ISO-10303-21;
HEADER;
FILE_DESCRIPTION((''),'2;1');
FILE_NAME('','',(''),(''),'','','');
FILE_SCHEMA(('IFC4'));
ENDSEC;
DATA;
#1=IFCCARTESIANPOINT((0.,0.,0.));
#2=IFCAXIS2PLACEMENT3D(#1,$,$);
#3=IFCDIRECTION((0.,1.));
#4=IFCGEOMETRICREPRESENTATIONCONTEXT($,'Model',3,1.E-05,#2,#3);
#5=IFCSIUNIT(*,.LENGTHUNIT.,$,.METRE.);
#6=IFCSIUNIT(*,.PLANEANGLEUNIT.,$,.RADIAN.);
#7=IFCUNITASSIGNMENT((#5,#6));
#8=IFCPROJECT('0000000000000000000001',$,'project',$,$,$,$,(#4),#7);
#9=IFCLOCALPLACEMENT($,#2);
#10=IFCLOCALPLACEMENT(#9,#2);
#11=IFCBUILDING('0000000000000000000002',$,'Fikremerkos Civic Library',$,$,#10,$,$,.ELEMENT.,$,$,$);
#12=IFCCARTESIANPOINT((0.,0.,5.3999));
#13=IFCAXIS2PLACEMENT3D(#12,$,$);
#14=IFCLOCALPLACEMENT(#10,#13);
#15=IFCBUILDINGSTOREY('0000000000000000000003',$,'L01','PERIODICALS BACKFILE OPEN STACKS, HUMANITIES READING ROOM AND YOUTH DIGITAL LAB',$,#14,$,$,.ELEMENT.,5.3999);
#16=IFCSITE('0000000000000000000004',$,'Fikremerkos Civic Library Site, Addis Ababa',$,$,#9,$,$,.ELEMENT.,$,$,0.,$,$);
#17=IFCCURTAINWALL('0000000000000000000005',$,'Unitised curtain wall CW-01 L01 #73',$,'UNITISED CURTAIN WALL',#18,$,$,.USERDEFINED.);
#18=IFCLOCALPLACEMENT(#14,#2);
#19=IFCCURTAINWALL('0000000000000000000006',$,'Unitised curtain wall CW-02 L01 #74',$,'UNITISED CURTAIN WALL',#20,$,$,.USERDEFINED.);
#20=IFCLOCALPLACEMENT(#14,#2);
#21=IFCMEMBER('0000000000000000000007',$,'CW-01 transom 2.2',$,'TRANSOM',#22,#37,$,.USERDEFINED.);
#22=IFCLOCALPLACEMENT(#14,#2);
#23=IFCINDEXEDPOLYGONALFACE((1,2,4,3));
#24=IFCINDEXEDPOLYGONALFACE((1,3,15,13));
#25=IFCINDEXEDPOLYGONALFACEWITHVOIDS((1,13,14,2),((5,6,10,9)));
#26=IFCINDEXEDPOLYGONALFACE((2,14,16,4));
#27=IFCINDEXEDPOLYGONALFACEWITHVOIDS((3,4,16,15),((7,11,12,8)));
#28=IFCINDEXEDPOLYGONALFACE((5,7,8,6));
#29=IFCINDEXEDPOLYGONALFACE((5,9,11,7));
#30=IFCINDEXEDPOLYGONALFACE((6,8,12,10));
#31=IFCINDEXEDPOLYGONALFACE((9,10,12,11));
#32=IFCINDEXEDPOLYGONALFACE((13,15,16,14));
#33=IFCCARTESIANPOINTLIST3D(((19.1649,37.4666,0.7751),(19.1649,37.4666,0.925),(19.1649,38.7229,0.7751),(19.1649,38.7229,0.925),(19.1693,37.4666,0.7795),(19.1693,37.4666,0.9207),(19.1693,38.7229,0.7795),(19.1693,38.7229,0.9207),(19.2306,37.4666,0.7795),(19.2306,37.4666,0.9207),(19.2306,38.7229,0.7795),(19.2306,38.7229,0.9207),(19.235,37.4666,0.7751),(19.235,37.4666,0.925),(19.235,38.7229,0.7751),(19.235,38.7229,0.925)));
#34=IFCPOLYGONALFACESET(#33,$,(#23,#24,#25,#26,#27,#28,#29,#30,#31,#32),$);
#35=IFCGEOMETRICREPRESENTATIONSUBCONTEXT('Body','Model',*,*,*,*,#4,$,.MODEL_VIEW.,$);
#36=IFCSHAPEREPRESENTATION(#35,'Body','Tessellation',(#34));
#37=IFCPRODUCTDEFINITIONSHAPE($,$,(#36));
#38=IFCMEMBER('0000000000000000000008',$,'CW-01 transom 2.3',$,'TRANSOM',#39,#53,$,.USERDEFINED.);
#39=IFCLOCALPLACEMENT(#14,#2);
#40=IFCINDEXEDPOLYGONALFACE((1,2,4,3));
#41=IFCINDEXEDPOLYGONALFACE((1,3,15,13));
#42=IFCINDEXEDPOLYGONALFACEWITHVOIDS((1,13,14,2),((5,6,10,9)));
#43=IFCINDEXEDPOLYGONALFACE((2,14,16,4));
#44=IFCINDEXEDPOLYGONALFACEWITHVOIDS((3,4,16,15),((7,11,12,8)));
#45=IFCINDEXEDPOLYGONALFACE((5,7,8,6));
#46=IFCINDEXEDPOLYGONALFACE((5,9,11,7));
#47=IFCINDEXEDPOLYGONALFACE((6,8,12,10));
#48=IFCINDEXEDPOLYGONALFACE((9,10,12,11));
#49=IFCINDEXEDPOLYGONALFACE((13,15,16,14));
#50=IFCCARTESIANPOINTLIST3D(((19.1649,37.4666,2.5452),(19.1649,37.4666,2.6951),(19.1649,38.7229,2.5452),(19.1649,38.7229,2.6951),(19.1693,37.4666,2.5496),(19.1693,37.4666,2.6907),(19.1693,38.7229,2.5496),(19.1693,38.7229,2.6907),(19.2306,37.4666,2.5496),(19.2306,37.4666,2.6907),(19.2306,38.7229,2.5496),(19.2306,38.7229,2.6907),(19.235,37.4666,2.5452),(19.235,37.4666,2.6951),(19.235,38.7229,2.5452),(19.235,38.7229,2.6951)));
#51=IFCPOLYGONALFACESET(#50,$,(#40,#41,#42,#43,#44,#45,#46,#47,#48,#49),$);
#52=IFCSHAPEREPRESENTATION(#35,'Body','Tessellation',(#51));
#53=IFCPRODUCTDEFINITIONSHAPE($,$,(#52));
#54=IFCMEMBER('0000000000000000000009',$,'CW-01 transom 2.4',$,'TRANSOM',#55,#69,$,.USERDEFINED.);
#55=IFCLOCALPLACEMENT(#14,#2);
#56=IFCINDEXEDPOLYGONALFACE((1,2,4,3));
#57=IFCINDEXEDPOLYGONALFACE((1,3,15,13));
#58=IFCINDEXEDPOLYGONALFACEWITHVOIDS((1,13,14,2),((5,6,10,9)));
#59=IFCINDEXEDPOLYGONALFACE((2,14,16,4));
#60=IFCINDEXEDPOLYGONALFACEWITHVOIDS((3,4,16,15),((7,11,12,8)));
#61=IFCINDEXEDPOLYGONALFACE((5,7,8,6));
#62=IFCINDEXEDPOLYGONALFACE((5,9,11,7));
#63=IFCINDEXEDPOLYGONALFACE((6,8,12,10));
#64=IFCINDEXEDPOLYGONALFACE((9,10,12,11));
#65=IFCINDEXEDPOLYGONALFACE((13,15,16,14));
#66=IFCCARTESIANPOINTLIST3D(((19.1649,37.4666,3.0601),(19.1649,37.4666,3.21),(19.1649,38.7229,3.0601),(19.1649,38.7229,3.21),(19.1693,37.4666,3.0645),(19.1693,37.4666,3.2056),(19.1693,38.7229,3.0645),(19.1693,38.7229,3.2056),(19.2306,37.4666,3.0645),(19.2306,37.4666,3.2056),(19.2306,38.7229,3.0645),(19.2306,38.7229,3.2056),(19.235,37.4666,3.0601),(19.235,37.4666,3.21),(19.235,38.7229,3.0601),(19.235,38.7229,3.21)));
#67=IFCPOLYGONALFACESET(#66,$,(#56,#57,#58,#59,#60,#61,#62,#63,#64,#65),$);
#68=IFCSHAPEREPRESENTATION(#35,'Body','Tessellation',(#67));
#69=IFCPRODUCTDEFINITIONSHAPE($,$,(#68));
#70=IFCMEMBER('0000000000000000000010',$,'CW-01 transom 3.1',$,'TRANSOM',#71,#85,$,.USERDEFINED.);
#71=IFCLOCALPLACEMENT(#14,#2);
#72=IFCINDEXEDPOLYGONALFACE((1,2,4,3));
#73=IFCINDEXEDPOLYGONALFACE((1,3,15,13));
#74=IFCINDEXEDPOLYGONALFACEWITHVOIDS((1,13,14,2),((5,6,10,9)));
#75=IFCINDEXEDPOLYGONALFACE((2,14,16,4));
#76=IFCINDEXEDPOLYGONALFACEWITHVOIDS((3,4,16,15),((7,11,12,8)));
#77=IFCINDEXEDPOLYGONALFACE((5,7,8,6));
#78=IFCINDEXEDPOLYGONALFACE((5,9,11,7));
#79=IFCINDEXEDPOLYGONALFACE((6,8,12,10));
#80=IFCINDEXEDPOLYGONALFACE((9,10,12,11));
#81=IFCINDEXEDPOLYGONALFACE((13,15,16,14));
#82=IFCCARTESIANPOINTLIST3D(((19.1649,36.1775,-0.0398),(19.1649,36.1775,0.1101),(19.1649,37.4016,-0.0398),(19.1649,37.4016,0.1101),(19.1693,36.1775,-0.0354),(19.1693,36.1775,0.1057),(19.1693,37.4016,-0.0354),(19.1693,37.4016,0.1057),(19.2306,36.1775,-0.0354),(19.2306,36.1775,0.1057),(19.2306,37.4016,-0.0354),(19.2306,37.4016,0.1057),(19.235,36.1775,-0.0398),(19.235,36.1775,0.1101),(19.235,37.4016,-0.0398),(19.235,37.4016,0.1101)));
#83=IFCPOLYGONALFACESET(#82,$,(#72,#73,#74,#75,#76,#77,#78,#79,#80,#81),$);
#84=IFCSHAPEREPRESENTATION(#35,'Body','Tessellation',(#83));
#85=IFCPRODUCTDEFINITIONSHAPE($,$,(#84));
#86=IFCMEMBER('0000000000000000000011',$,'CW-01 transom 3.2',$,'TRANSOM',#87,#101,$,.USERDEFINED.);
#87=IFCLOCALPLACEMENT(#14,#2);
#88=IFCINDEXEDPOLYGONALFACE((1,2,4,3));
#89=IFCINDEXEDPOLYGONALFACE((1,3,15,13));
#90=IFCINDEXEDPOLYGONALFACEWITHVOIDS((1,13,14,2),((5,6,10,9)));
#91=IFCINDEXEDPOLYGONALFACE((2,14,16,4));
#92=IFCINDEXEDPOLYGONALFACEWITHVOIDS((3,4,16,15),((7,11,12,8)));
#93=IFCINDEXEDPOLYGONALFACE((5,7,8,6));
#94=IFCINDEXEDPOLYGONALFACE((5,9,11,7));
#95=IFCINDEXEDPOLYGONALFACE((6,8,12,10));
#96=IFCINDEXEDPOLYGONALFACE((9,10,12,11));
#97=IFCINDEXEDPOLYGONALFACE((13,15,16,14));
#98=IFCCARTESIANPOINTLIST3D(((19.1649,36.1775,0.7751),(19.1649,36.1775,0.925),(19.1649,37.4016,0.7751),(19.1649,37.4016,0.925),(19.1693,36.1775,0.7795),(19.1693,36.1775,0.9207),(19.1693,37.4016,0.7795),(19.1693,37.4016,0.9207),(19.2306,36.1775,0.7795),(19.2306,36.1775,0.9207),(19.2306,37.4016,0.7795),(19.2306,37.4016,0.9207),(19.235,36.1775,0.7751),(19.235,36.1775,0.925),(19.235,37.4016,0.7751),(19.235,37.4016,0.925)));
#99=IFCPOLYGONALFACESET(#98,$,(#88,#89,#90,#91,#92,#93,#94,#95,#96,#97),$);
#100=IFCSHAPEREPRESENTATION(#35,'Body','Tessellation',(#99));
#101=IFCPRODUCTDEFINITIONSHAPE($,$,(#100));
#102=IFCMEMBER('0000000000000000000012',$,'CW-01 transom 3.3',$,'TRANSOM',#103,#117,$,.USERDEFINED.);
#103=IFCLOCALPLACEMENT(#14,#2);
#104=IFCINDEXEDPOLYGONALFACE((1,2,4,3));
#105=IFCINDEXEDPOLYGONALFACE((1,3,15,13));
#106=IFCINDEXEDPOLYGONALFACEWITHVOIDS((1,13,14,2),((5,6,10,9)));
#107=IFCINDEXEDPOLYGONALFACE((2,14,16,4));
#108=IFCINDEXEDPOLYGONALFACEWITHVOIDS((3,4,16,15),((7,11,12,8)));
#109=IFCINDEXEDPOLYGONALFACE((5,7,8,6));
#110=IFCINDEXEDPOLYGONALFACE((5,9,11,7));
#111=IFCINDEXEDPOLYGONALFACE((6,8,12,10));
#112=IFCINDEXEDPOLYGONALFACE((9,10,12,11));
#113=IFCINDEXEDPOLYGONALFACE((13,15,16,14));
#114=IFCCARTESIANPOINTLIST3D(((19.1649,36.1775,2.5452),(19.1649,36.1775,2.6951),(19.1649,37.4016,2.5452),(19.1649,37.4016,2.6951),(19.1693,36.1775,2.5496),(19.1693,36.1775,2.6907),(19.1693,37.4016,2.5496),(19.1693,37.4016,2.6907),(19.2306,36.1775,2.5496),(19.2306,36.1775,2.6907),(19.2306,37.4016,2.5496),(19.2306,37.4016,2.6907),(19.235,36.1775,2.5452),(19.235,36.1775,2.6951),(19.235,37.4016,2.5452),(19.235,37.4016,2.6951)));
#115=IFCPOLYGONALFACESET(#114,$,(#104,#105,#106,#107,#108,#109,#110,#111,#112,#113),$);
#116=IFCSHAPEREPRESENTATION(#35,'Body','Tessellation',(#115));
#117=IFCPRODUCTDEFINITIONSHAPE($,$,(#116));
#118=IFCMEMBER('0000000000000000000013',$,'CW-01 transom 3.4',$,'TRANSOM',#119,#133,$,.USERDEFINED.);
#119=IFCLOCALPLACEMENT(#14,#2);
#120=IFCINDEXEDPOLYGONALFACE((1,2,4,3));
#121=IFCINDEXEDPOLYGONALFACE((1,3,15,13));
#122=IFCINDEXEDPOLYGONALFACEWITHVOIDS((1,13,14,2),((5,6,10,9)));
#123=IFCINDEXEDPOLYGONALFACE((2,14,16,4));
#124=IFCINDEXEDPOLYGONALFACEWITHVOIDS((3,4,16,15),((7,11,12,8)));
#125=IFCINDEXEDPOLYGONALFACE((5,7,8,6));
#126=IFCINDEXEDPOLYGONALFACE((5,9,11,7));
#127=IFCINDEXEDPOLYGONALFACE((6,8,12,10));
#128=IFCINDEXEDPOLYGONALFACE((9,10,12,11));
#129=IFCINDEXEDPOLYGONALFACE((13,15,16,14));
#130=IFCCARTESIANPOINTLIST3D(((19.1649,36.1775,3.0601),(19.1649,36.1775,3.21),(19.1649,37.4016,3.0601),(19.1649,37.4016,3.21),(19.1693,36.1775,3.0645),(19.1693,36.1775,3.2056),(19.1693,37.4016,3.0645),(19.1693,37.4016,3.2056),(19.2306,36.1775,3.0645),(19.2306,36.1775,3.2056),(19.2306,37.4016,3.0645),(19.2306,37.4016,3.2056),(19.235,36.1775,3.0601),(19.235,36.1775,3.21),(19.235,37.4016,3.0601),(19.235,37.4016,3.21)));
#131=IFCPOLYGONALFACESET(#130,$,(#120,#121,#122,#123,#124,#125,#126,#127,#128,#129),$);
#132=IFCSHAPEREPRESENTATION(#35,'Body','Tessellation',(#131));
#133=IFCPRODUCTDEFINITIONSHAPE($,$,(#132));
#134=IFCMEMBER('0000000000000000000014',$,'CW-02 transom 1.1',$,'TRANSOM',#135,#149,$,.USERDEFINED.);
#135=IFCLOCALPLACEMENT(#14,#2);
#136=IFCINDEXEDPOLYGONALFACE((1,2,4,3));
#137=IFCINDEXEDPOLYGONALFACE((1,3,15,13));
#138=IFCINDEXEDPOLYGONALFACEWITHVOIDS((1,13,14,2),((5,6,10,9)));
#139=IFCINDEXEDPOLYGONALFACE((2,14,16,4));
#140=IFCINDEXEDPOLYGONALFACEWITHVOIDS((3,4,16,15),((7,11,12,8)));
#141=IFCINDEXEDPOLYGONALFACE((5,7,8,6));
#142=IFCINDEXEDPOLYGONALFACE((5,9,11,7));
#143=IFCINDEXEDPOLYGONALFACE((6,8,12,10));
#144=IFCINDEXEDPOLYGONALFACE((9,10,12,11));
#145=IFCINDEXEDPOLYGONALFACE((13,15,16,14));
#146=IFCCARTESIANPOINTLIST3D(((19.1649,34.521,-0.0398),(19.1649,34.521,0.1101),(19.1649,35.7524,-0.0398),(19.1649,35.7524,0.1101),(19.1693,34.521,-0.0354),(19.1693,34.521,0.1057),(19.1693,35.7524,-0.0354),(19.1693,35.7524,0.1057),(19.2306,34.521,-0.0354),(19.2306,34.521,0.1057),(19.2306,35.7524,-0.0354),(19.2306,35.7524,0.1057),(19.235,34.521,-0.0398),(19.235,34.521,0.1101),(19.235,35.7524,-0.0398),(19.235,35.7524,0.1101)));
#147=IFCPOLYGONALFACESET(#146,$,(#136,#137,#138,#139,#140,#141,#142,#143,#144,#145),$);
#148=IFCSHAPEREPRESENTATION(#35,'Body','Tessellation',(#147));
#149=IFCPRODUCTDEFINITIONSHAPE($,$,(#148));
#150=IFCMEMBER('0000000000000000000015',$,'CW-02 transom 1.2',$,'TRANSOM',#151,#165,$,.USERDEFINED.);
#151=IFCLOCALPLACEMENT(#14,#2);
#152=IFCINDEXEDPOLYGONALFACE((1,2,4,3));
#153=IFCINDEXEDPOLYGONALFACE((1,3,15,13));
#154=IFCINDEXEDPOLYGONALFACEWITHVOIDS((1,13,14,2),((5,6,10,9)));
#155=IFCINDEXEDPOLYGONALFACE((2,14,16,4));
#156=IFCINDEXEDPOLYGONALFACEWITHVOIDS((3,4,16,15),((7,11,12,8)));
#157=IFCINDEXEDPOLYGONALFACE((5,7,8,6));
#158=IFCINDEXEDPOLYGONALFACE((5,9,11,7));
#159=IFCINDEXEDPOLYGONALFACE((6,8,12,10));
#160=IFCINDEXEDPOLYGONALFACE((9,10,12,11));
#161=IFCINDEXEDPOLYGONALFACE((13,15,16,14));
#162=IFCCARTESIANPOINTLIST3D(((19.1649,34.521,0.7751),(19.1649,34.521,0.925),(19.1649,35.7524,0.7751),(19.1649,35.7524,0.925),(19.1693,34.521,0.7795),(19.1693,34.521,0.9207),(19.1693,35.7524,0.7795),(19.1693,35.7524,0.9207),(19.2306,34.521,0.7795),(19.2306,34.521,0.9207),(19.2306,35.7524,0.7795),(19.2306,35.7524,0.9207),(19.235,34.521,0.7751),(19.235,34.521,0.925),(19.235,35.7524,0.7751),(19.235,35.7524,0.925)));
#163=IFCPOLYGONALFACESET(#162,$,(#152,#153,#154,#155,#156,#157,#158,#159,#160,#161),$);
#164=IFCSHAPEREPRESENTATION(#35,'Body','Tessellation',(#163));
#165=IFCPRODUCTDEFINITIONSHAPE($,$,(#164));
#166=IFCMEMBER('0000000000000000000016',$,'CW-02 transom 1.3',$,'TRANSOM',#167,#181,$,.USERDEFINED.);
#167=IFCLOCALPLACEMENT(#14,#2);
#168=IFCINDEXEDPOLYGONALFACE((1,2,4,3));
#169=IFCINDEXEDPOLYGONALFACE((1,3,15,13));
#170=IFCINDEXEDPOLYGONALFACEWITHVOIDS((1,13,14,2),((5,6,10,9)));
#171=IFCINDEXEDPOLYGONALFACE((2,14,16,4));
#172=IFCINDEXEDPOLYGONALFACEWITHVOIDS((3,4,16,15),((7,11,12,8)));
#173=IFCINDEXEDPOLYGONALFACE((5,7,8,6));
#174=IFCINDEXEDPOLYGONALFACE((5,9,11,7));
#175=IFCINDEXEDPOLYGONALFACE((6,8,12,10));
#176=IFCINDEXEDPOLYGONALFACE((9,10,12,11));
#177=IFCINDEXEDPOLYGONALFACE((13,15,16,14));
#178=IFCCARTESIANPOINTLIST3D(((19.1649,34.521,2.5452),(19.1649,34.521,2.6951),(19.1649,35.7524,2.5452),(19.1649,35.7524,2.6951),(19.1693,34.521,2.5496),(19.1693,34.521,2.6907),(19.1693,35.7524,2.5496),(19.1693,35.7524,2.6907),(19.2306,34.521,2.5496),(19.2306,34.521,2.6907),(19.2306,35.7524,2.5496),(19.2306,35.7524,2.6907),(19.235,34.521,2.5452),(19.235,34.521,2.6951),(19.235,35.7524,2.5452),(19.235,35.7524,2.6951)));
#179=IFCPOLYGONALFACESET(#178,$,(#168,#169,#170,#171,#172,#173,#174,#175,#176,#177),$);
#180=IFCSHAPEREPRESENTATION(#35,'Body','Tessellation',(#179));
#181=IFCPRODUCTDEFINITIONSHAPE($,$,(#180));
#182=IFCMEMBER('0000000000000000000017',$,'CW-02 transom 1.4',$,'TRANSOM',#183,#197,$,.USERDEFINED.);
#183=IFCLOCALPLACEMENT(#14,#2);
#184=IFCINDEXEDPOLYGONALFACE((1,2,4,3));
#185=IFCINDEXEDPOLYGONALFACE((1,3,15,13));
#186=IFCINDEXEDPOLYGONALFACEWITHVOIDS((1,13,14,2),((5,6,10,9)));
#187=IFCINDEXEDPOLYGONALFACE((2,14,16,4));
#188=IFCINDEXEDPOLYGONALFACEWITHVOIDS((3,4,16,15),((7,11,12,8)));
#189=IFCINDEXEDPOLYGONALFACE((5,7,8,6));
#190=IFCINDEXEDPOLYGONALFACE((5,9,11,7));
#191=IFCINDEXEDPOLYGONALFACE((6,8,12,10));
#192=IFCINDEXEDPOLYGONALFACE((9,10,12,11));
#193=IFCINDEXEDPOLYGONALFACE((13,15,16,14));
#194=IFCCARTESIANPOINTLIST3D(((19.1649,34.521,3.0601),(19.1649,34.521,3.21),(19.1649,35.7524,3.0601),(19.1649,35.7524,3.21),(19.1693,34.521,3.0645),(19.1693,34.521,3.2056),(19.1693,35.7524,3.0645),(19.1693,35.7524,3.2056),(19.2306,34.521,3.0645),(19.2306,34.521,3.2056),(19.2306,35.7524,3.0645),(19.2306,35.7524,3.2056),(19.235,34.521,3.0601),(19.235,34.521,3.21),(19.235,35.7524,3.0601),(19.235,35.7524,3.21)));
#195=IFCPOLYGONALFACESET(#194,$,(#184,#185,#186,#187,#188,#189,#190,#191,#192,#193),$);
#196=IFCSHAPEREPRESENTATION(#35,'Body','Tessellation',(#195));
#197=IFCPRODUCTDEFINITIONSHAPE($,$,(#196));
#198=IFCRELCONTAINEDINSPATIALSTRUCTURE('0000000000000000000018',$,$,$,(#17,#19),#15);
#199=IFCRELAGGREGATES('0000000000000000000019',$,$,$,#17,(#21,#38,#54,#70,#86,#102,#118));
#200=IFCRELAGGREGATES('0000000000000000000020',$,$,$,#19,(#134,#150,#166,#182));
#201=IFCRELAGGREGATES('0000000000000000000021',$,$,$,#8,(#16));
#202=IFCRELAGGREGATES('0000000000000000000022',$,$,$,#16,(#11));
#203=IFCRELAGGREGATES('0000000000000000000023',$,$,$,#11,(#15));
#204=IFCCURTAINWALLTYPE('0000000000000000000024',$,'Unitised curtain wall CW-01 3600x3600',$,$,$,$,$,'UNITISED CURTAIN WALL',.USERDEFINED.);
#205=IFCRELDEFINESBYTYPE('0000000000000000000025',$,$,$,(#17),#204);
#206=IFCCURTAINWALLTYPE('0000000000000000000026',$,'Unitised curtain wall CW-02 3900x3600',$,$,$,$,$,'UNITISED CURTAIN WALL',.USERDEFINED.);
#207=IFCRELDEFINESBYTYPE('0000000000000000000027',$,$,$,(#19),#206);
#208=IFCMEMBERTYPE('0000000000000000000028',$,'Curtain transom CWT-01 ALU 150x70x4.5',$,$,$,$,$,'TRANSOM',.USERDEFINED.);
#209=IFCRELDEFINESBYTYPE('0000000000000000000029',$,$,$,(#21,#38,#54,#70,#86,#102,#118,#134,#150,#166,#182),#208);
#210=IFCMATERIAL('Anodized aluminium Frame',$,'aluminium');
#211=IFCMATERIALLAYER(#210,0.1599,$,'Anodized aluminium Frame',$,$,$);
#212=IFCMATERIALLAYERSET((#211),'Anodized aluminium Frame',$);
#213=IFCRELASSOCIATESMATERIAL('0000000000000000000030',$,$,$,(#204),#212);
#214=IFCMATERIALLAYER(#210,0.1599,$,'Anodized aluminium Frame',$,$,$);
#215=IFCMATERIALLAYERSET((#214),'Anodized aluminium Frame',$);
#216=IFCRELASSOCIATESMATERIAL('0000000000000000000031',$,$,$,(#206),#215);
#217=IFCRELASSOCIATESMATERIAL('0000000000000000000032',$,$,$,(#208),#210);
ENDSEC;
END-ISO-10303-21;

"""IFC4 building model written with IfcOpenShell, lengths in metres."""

from ifc_helpers import new_model, si_unit, direction, frame, origin, origin_2d, place, context, subcontext, project, spatial, hollow_rectangle, extrude, material, layer, layer_set, material_profile, profile_set, type_object, element, aggregate, save


model = new_model("IFC4")

# Units and contexts
model_context = context("Model", 3, precision=1e-05, world=origin(), true_north=direction((0.0, 1.0)))
body_context = subcontext(model_context, "Body", "Model", "MODEL_VIEW")
ifc_project = project(units=[si_unit("LENGTHUNIT", "METRE"), si_unit("PLANEANGLEUNIT", "RADIAN")], contexts=[model_context])

# Site, building, storey
site_placement = place(None, origin())
site = spatial("IfcSite", under=ifc_project, at=site_placement, Name="Fikremerkos Civic Library Site, Addis Ababa", CompositionType="ELEMENT", RefElevation=0.0)
building_placement = place(site_placement, origin())
building = spatial("IfcBuilding", under=site, at=building_placement, Name="Fikremerkos Civic Library", CompositionType="ELEMENT")
storey_placement = place(building_placement, frame((0.0, 0.0, 5.3999)))
storey = spatial("IfcBuildingStorey", under=building, at=storey_placement, Name="L01", Description="PERIODICALS BACKFILE OPEN STACKS, HUMANITIES READING ROOM AND YOUTH DIGITAL LAB", CompositionType="ELEMENT", Elevation=5.3999)

# Curtain walls
ifc_material_1 = material(Name="Anodized aluminium Frame", Category="aluminium")
ifc_layer_1 = layer(ifc_material_1, 0.1599, Name="Anodized aluminium Frame")
ifc_layer_set_1 = layer_set([ifc_layer_1], Name="Anodized aluminium Frame")
curtain_wall_type_1 = type_object("IfcCurtainWallType", Name="Unitised curtain wall CW-01 3600x3600", ElementType="UNITISED CURTAIN WALL", PredefinedType="USERDEFINED", material=ifc_layer_set_1)
curtain_wall_1_placement = place(storey_placement, origin())
curtain_wall_1 = element("IfcCurtainWall", 1, at=curtain_wall_1_placement, inside=storey, type_object=curtain_wall_type_1, Name="Unitised curtain wall CW-01 L01 #73", ObjectType="UNITISED CURTAIN WALL", PredefinedType="USERDEFINED")
ifc_layer_2 = layer(ifc_material_1, 0.1599, Name="Anodized aluminium Frame")
ifc_layer_set_2 = layer_set([ifc_layer_2], Name="Anodized aluminium Frame")
curtain_wall_type_2 = type_object("IfcCurtainWallType", Name="Unitised curtain wall CW-02 3900x3600", ElementType="UNITISED CURTAIN WALL", PredefinedType="USERDEFINED", material=ifc_layer_set_2)
curtain_wall_2_placement = place(storey_placement, origin())
curtain_wall_2 = element("IfcCurtainWall", 2, at=curtain_wall_2_placement, inside=storey, type_object=curtain_wall_type_2, Name="Unitised curtain wall CW-02 L01 #74", ObjectType="UNITISED CURTAIN WALL", PredefinedType="USERDEFINED")

# Members
ifc_material_profile_1 = material_profile(ifc_material_1, hollow_rectangle(XDim=0.0701, YDim=0.1499, WallThickness=0.0044, at=origin_2d()), Name="ALU 150x70x4.5")
ifc_profile_set_1 = profile_set([ifc_material_profile_1], Name="Anodized aluminium Frame")
member_type_1 = type_object("IfcMemberType", Name="Curtain transom CWT-01 ALU 150x70x4.5", ElementType="TRANSOM", PredefinedType="USERDEFINED", material=ifc_profile_set_1)
member_1_placement = place(storey_placement, frame((19.2, 38.7229, 0.8501), z_axis=(0.0, -1.0, 0.0), x_axis=(1.0, 0.0, 0.0)))
member_1 = element("IfcMember", 3, at=member_1_placement, type_object=member_type_1, Name="CW-01 transom 2.2", ObjectType="TRANSOM", PredefinedType="USERDEFINED", context=body_context, shape_type="SweptSolid", body=[
    extrude(hollow_rectangle(XDim=0.0701, YDim=0.1499, WallThickness=0.0044, at=origin_2d()), origin(), (0.0, 0.0, 1.0), 1.2563),
])
member_2_placement = place(storey_placement, frame((19.2, 38.7229, 2.6201), z_axis=(0.0, -1.0, 0.0), x_axis=(1.0, 0.0, 0.0)))
member_2 = element("IfcMember", 4, at=member_2_placement, type_object=member_type_1, Name="CW-01 transom 2.3", ObjectType="TRANSOM", PredefinedType="USERDEFINED", context=body_context, shape_type="SweptSolid", body=[
    extrude(hollow_rectangle(XDim=0.0701, YDim=0.1499, WallThickness=0.0044, at=origin_2d()), origin(), (0.0, 0.0, 1.0), 1.2563),
])
member_3_placement = place(storey_placement, frame((19.2, 38.7229, 3.135), z_axis=(0.0, -1.0, 0.0), x_axis=(1.0, 0.0, 0.0)))
member_3 = element("IfcMember", 5, at=member_3_placement, type_object=member_type_1, Name="CW-01 transom 2.4", ObjectType="TRANSOM", PredefinedType="USERDEFINED", context=body_context, shape_type="SweptSolid", body=[
    extrude(hollow_rectangle(XDim=0.0701, YDim=0.1499, WallThickness=0.0044, at=origin_2d()), origin(), (0.0, 0.0, 1.0), 1.2563),
])
member_4_placement = place(storey_placement, frame((19.2, 37.4016, 0.0352), z_axis=(0.0, -1.0, 0.0), x_axis=(1.0, 0.0, 0.0)))
member_4 = element("IfcMember", 6, at=member_4_placement, type_object=member_type_1, Name="CW-01 transom 3.1", ObjectType="TRANSOM", PredefinedType="USERDEFINED", context=body_context, shape_type="SweptSolid", body=[
    extrude(hollow_rectangle(XDim=0.0701, YDim=0.1499, WallThickness=0.0044, at=origin_2d()), origin(), (0.0, 0.0, 1.0), 1.2241),
])
member_5_placement = place(storey_placement, frame((19.2, 37.4016, 0.8501), z_axis=(0.0, -1.0, 0.0), x_axis=(1.0, 0.0, 0.0)))
member_5 = element("IfcMember", 7, at=member_5_placement, type_object=member_type_1, Name="CW-01 transom 3.2", ObjectType="TRANSOM", PredefinedType="USERDEFINED", context=body_context, shape_type="SweptSolid", body=[
    extrude(hollow_rectangle(XDim=0.0701, YDim=0.1499, WallThickness=0.0044, at=origin_2d()), origin(), (0.0, 0.0, 1.0), 1.2241),
])
member_6_placement = place(storey_placement, frame((19.2, 37.4016, 2.6201), z_axis=(0.0, -1.0, 0.0), x_axis=(1.0, 0.0, 0.0)))
member_6 = element("IfcMember", 8, at=member_6_placement, type_object=member_type_1, Name="CW-01 transom 3.3", ObjectType="TRANSOM", PredefinedType="USERDEFINED", context=body_context, shape_type="SweptSolid", body=[
    extrude(hollow_rectangle(XDim=0.0701, YDim=0.1499, WallThickness=0.0044, at=origin_2d()), origin(), (0.0, 0.0, 1.0), 1.2241),
])
member_7_placement = place(storey_placement, frame((19.2, 37.4016, 3.135), z_axis=(0.0, -1.0, 0.0), x_axis=(1.0, 0.0, 0.0)))
member_7 = element("IfcMember", 9, at=member_7_placement, type_object=member_type_1, Name="CW-01 transom 3.4", ObjectType="TRANSOM", PredefinedType="USERDEFINED", context=body_context, shape_type="SweptSolid", body=[
    extrude(hollow_rectangle(XDim=0.0701, YDim=0.1499, WallThickness=0.0044, at=origin_2d()), origin(), (0.0, 0.0, 1.0), 1.2241),
])
member_8_placement = place(storey_placement, frame((19.2, 35.7524, 0.0352), z_axis=(0.0, -1.0, 0.0), x_axis=(1.0, 0.0, 0.0)))
member_8 = element("IfcMember", 10, at=member_8_placement, type_object=member_type_1, Name="CW-02 transom 1.1", ObjectType="TRANSOM", PredefinedType="USERDEFINED", context=body_context, shape_type="SweptSolid", body=[
    extrude(hollow_rectangle(XDim=0.0701, YDim=0.1499, WallThickness=0.0044, at=origin_2d()), origin(), (0.0, 0.0, 1.0), 1.2314),
])
member_9_placement = place(storey_placement, frame((19.2, 35.7524, 0.8501), z_axis=(0.0, -1.0, 0.0), x_axis=(1.0, 0.0, 0.0)))
member_9 = element("IfcMember", 11, at=member_9_placement, type_object=member_type_1, Name="CW-02 transom 1.2", ObjectType="TRANSOM", PredefinedType="USERDEFINED", context=body_context, shape_type="SweptSolid", body=[
    extrude(hollow_rectangle(XDim=0.0701, YDim=0.1499, WallThickness=0.0044, at=origin_2d()), origin(), (0.0, 0.0, 1.0), 1.2314),
])
member_10_placement = place(storey_placement, frame((19.2, 35.7524, 2.6201), z_axis=(0.0, -1.0, 0.0), x_axis=(1.0, 0.0, 0.0)))
member_10 = element("IfcMember", 12, at=member_10_placement, type_object=member_type_1, Name="CW-02 transom 1.3", ObjectType="TRANSOM", PredefinedType="USERDEFINED", context=body_context, shape_type="SweptSolid", body=[
    extrude(hollow_rectangle(XDim=0.0701, YDim=0.1499, WallThickness=0.0044, at=origin_2d()), origin(), (0.0, 0.0, 1.0), 1.2314),
])
member_11_placement = place(storey_placement, frame((19.2, 35.7524, 3.135), z_axis=(0.0, -1.0, 0.0), x_axis=(1.0, 0.0, 0.0)))
member_11 = element("IfcMember", 13, at=member_11_placement, type_object=member_type_1, Name="CW-02 transom 1.4", ObjectType="TRANSOM", PredefinedType="USERDEFINED", context=body_context, shape_type="SweptSolid", body=[
    extrude(hollow_rectangle(XDim=0.0701, YDim=0.1499, WallThickness=0.0044, at=origin_2d()), origin(), (0.0, 0.0, 1.0), 1.2314),
])

aggregate(curtain_wall_1, [member_1, member_2, member_3, member_4, member_5, member_6, member_7])
aggregate(curtain_wall_2, [member_8, member_9, member_10, member_11])

save(model, "model.ifc")
